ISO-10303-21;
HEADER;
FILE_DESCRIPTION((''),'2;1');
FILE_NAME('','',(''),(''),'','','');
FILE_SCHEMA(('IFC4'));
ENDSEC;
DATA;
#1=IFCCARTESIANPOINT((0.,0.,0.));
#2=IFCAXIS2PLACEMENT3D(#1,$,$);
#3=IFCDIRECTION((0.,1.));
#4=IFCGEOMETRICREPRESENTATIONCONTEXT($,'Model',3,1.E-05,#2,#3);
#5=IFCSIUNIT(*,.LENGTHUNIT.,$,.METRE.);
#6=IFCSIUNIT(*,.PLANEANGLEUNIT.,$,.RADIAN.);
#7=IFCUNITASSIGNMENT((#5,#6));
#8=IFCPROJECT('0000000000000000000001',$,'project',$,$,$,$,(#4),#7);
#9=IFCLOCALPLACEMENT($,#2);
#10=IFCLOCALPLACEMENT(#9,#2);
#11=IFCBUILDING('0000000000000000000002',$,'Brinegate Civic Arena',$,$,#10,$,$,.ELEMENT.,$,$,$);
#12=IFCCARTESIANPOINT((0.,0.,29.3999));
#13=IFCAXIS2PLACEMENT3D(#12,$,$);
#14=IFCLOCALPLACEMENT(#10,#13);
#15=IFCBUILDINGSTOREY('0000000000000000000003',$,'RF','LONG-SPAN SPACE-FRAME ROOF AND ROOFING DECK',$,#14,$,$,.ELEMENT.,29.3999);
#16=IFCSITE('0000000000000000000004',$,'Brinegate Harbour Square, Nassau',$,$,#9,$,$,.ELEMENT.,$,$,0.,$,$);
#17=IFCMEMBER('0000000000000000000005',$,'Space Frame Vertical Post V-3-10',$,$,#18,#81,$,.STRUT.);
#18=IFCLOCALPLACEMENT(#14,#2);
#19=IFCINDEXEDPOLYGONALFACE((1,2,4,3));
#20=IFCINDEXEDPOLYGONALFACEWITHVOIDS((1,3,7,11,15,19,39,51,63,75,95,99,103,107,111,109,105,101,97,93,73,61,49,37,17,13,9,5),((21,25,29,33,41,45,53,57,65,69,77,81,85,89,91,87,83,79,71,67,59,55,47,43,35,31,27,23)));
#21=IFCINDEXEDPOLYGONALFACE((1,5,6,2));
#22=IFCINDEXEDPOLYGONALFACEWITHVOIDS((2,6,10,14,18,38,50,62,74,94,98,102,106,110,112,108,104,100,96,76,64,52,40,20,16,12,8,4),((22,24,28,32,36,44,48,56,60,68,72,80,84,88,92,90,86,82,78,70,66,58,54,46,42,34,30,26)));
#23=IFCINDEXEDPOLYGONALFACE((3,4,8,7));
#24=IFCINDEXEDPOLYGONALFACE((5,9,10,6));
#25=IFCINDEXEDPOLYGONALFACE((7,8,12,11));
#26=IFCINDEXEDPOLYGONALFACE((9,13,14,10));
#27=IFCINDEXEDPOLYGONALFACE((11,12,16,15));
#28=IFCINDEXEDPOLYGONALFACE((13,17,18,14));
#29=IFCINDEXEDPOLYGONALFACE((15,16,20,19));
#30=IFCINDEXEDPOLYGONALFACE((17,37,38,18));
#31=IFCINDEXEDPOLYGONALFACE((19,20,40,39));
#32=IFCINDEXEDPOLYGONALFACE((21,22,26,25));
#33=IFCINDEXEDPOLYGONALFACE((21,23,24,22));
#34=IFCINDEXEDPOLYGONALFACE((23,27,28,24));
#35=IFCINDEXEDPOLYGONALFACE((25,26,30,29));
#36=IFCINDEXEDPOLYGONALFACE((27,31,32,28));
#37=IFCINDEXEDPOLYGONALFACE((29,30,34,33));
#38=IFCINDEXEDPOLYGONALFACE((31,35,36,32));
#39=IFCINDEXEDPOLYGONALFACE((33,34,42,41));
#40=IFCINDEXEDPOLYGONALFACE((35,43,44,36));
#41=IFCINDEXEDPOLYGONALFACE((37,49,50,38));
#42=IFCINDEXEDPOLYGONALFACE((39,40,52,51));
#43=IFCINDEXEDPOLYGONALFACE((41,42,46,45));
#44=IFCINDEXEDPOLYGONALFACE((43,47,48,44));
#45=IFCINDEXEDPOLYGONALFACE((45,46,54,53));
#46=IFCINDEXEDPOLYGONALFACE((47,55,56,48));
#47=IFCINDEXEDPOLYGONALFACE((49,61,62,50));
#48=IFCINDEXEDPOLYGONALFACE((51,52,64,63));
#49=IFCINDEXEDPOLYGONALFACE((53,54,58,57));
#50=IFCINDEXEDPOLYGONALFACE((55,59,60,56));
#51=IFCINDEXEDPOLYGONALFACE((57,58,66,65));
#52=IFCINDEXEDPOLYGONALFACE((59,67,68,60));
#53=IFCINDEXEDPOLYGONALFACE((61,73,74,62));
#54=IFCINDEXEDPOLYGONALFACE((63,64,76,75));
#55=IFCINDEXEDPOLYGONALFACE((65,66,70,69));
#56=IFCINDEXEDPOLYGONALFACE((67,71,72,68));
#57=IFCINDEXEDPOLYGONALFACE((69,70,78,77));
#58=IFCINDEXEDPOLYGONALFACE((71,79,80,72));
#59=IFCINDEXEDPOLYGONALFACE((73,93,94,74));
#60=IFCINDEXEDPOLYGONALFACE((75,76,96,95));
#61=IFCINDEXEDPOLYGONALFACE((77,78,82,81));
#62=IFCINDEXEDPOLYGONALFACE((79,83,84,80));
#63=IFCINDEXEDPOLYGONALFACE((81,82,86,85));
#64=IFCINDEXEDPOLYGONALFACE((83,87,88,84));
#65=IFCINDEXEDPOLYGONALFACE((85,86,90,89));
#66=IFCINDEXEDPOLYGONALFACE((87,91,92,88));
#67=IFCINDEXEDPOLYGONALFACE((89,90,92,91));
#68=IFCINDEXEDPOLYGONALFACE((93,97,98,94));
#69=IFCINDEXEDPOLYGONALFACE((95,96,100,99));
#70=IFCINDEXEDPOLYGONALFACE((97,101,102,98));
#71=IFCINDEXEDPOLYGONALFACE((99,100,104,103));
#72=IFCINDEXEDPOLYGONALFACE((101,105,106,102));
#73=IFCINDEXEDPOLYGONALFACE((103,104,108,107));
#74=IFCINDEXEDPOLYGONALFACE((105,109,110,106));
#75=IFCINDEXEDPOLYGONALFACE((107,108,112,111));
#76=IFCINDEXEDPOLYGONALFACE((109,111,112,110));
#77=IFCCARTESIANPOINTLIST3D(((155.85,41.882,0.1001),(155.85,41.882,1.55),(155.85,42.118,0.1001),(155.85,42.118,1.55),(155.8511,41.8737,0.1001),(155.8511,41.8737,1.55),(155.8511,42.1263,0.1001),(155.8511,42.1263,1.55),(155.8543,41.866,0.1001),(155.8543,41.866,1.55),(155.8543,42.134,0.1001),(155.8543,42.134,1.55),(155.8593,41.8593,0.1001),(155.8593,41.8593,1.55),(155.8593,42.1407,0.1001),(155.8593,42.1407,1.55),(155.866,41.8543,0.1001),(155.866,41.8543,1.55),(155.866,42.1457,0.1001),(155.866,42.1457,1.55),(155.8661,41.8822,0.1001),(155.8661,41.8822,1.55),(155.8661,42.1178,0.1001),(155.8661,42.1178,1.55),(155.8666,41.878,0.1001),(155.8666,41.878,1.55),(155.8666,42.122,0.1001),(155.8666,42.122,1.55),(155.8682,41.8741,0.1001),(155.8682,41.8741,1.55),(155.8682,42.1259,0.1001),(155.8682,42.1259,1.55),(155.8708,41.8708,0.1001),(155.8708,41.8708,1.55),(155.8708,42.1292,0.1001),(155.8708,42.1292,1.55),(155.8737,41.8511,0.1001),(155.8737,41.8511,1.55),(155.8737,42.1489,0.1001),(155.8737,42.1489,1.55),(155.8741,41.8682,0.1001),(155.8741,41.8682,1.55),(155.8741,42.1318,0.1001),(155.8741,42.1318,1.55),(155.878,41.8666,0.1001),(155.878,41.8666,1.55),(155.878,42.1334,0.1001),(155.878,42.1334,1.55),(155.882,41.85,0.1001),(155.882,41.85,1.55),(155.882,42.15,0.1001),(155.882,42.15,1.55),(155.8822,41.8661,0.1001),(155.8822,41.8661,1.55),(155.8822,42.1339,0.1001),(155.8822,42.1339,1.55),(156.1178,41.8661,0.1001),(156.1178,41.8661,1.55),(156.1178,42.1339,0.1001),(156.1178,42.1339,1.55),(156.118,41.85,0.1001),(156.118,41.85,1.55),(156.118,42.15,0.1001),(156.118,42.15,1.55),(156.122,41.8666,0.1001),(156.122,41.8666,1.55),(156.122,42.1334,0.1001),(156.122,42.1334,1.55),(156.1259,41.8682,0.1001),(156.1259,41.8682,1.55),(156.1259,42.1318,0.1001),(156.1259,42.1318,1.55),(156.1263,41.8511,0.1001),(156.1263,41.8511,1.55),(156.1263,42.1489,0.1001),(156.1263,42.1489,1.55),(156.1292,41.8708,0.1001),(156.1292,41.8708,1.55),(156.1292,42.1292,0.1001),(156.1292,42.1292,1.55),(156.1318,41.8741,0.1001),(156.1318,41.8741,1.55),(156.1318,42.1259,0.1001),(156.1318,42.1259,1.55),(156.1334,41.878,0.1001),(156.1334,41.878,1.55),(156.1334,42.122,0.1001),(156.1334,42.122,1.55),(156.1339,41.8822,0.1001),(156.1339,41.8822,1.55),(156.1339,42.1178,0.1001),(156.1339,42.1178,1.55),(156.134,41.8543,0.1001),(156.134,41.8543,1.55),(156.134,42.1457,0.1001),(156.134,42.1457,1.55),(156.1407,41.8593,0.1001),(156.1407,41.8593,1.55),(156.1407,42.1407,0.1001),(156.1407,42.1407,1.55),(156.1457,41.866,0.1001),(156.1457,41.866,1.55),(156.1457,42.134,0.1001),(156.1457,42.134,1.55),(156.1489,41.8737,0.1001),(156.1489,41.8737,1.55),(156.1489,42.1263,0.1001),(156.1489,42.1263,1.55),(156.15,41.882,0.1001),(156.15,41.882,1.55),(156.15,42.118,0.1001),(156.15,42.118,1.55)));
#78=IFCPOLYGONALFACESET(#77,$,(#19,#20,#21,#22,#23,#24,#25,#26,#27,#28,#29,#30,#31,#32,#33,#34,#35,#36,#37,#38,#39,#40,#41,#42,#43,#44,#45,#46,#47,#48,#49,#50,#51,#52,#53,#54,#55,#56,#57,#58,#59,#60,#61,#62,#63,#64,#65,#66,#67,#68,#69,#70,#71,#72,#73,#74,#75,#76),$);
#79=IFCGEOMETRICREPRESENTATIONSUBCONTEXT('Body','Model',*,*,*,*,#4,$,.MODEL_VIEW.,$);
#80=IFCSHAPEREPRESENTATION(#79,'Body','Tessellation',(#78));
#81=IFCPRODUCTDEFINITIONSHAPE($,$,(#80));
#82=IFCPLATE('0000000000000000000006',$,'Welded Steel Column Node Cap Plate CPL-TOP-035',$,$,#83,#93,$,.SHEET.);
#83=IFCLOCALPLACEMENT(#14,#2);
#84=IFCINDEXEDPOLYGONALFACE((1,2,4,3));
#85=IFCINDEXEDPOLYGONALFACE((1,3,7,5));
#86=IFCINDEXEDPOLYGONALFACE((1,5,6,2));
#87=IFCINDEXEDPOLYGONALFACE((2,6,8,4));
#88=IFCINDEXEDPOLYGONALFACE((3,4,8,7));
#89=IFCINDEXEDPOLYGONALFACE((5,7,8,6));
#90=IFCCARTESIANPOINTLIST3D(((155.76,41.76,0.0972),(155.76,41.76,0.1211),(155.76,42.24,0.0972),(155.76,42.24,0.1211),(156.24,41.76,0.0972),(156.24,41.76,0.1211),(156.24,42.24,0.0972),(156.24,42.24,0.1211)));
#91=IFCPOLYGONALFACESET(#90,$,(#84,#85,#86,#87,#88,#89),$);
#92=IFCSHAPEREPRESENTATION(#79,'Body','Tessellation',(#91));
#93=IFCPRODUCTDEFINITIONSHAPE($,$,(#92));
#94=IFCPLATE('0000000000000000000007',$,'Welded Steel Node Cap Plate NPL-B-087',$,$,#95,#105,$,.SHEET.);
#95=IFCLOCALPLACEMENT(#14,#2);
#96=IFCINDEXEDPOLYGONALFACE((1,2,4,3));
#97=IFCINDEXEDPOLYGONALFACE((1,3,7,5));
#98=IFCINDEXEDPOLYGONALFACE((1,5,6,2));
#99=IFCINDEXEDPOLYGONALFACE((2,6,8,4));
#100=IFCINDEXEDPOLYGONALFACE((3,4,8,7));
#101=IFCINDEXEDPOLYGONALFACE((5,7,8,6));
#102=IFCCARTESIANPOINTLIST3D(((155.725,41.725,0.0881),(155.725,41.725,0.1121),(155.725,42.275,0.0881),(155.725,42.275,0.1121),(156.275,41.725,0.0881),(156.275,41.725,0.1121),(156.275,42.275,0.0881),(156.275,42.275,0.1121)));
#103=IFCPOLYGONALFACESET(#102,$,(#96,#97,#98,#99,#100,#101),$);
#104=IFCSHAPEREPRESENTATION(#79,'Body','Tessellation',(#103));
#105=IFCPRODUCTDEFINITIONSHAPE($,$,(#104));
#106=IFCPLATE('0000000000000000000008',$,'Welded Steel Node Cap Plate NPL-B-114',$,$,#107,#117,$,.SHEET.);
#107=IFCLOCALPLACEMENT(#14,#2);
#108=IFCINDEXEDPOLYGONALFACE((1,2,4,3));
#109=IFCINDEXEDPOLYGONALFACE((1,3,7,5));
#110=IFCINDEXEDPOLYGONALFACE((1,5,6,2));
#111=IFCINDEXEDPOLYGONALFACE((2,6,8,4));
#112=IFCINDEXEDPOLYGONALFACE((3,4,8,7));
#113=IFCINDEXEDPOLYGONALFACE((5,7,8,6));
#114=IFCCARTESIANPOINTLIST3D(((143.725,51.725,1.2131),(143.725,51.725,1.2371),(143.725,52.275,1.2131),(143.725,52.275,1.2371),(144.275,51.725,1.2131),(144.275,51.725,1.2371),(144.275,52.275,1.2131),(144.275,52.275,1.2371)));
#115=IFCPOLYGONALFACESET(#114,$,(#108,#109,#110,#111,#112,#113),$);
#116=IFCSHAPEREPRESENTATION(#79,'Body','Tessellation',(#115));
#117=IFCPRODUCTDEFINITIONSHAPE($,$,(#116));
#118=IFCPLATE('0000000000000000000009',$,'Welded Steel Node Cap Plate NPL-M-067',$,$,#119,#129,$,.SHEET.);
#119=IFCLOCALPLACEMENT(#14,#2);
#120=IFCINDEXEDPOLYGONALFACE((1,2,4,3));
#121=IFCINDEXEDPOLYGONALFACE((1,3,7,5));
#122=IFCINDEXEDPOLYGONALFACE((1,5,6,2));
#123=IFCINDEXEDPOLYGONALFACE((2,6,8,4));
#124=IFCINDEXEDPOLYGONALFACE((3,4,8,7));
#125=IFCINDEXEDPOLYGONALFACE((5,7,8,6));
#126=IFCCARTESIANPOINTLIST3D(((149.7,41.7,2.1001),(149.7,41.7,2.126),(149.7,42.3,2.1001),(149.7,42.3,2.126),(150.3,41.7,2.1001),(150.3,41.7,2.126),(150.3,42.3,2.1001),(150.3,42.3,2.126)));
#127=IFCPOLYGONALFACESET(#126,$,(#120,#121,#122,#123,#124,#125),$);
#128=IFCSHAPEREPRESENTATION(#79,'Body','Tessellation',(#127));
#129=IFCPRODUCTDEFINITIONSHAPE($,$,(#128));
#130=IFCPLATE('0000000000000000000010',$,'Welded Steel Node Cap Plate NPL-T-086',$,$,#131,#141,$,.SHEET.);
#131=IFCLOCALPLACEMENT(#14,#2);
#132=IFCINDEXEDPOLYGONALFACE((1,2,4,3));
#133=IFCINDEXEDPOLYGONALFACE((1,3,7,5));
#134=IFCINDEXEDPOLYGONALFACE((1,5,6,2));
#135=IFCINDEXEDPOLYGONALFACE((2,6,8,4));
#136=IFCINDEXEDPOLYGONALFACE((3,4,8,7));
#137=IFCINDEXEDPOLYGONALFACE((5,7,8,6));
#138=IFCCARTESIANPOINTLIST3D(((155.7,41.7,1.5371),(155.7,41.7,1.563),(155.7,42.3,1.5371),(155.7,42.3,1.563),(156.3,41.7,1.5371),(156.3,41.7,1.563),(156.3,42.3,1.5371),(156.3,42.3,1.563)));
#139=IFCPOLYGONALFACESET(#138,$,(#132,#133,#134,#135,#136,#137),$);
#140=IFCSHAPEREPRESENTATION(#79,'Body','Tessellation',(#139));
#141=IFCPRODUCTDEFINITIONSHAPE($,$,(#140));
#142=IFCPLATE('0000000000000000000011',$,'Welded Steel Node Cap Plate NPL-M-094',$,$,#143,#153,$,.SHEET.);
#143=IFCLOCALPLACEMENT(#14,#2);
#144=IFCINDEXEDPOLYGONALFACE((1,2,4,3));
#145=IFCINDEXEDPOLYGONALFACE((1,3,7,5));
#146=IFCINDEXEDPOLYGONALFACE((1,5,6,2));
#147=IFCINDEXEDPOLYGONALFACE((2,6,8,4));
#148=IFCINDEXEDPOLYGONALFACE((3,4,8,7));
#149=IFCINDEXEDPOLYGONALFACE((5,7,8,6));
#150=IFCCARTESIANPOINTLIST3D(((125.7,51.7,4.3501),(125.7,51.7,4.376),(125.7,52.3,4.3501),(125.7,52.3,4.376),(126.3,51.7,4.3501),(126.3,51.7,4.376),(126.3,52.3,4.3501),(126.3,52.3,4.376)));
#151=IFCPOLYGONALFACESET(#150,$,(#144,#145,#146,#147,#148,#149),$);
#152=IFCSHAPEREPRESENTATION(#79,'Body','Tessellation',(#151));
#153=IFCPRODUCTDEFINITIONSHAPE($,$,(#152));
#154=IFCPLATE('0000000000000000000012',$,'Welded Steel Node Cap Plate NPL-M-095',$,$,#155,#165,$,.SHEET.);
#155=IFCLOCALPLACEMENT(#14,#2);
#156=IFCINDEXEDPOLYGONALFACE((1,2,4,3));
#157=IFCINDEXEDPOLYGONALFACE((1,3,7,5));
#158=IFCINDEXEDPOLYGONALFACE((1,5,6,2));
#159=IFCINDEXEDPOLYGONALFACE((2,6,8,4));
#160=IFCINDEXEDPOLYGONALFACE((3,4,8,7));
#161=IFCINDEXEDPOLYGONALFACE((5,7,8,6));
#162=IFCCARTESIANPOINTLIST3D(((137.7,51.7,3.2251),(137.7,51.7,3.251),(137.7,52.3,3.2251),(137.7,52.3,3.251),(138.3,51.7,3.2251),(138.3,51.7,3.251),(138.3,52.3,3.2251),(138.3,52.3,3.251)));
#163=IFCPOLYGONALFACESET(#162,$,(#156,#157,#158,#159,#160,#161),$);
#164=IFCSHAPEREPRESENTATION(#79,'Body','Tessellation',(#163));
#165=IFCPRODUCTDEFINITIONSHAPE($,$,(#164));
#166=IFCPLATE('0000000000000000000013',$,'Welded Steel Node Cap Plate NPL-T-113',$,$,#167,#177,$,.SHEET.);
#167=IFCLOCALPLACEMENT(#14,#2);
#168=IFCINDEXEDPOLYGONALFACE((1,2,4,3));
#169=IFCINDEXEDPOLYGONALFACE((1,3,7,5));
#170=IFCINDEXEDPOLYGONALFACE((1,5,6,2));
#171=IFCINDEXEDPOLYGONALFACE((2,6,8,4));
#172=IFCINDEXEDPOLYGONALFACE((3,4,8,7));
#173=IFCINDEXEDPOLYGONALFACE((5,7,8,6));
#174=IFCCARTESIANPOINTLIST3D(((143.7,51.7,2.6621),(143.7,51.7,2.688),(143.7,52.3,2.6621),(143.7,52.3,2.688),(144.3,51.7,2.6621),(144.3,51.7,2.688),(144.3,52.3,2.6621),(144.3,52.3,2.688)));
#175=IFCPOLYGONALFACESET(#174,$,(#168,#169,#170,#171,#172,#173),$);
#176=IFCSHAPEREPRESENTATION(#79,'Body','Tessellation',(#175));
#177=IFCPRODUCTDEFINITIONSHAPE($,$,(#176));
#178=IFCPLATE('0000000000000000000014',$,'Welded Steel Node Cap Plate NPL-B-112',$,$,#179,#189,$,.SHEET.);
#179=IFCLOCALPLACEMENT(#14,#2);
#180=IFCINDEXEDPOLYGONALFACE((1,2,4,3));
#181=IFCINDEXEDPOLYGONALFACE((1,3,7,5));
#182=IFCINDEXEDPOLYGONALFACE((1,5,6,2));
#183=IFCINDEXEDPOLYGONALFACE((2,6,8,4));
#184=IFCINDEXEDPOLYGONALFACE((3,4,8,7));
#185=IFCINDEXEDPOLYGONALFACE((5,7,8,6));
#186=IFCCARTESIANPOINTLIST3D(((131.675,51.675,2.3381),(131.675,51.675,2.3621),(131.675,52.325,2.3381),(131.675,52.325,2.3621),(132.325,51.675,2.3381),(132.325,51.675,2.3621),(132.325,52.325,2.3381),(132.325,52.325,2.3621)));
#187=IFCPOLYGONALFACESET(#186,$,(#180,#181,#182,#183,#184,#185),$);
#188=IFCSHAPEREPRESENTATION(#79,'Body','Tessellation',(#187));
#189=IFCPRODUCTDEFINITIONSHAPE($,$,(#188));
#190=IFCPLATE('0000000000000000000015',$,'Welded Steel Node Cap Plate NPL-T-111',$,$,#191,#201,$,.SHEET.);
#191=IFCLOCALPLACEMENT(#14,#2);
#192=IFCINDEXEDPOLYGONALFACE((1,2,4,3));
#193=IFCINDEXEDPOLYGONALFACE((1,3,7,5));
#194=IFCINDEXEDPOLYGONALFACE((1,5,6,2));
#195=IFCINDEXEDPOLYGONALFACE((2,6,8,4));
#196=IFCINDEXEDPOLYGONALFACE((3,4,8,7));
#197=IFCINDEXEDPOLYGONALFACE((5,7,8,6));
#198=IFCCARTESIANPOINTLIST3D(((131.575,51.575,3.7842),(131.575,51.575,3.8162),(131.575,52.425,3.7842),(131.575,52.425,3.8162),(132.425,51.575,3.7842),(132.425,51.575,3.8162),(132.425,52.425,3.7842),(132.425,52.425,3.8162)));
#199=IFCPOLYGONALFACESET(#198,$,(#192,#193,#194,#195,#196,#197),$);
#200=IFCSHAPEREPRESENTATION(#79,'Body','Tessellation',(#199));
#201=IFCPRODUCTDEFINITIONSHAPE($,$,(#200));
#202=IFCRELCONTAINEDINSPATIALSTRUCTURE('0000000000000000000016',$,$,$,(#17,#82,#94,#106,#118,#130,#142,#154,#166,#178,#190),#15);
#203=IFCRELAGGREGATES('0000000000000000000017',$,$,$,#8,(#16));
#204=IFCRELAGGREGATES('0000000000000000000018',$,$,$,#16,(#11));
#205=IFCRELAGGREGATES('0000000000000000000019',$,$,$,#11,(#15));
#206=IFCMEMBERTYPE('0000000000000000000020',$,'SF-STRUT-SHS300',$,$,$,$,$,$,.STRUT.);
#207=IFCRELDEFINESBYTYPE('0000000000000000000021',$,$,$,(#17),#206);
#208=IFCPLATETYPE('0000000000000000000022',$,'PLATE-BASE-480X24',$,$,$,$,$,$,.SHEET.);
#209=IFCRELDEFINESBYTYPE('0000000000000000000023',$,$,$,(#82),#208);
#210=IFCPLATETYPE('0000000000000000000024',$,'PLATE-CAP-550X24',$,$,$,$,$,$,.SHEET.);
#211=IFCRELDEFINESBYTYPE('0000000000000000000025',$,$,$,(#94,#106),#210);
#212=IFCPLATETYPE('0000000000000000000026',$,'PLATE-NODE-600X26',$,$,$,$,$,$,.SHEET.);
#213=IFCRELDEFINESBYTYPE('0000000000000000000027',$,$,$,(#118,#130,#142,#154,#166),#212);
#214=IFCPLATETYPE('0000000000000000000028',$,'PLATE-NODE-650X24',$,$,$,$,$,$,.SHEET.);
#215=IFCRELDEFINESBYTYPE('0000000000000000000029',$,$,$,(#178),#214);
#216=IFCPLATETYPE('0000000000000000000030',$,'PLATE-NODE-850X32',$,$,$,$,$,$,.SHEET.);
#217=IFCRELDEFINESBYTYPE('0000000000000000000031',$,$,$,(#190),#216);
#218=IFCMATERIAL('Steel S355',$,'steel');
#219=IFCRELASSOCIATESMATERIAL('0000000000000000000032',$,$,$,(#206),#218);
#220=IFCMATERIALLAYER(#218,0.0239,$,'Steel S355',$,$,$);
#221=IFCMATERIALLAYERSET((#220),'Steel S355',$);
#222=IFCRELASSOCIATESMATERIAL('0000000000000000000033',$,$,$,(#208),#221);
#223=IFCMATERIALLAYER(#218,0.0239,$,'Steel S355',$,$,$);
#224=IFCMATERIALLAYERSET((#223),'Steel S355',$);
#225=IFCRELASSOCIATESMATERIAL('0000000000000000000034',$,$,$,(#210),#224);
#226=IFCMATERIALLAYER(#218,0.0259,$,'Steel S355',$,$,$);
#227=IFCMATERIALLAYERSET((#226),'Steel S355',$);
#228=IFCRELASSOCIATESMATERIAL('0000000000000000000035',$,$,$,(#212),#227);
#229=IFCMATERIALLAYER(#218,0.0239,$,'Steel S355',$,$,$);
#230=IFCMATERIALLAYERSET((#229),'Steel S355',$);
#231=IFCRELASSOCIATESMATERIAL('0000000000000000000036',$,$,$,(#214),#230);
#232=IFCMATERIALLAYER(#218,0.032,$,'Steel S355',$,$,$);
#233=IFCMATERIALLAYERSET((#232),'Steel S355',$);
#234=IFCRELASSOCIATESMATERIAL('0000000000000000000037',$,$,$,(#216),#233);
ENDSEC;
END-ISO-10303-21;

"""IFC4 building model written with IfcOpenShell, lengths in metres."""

from ifc_helpers import new_model, si_unit, direction, frame, origin, origin_2d, place, context, subcontext, project, spatial, rectangle, hollow_rectangle, extrude, material, layer, layer_set, material_profile, profile_set, type_object, element, save


model = new_model("IFC4")

# Units and contexts
model_context = context("Model", 3, precision=1e-05, world=origin(), true_north=direction((0.0, 1.0)))
body_context = subcontext(model_context, "Body", "Model", "MODEL_VIEW")
ifc_project = project(units=[si_unit("LENGTHUNIT", "METRE"), si_unit("PLANEANGLEUNIT", "RADIAN")], contexts=[model_context])

# Site, building, storey
site_placement = place(None, origin())
site = spatial("IfcSite", under=ifc_project, at=site_placement, Name="Brinegate Harbour Square, Nassau", CompositionType="ELEMENT", RefElevation=0.0)
building_placement = place(site_placement, origin())
building = spatial("IfcBuilding", under=site, at=building_placement, Name="Brinegate Civic Arena", CompositionType="ELEMENT")
storey_placement = place(building_placement, frame((0.0, 0.0, 29.3999)))
storey = spatial("IfcBuildingStorey", under=building, at=storey_placement, Name="RF", Description="LONG-SPAN SPACE-FRAME ROOF AND ROOFING DECK", CompositionType="ELEMENT", Elevation=29.3999)

# Shared definitions
ifc_material_1 = material(Name="Steel S355", Category="steel")

# Member
ifc_material_profile_1 = material_profile(ifc_material_1, hollow_rectangle(XDim=0.3, YDim=0.3, WallThickness=0.0161, InnerFilletRadius=0.0161, OuterFilletRadius=0.032, at=origin_2d()), Name="SHS300X16")
ifc_profile_set_1 = profile_set([ifc_material_profile_1], Name="Steel S355")
member_type_1 = type_object("IfcMemberType", Name="SF-STRUT-SHS300", PredefinedType="STRUT", material=ifc_profile_set_1)
member_1_placement = place(storey_placement, frame((156.0, 42.0, 0.1001), z_axis=(0.0, 0.0, 1.0), x_axis=(1.0, 0.0, 0.0)))
element("IfcMember", 1, at=member_1_placement, inside=storey, type_object=member_type_1, Name="Space Frame Vertical Post V-3-10", PredefinedType="STRUT", context=body_context, shape_type="SweptSolid", body=[
    extrude(hollow_rectangle(XDim=0.3, YDim=0.3, WallThickness=0.0161, InnerFilletRadius=0.0161, OuterFilletRadius=0.032, at=origin_2d()), origin(), (0.0, 0.0, 1.0), 1.45),
])

# Plates
ifc_layer_1 = layer(ifc_material_1, 0.0239, Name="Steel S355")
ifc_layer_set_1 = layer_set([ifc_layer_1], Name="Steel S355")
plate_type_1 = type_object("IfcPlateType", Name="PLATE-BASE-480X24", PredefinedType="SHEET", material=ifc_layer_set_1)
plate_1_placement = place(storey_placement, frame((156.0, 42.0, 0.0972), z_axis=(0.0, 0.0, 1.0), x_axis=(1.0, 0.0, 0.0)))
element("IfcPlate", 2, at=plate_1_placement, inside=storey, type_object=plate_type_1, Name="Welded Steel Column Node Cap Plate CPL-TOP-035", PredefinedType="SHEET", context=body_context, shape_type="SweptSolid", body=[
    extrude(rectangle(XDim=0.48, YDim=0.48, at=origin_2d()), origin(), (0.0, 0.0, 1.0), 0.0239),
])
ifc_layer_2 = layer(ifc_material_1, 0.0239, Name="Steel S355")
ifc_layer_set_2 = layer_set([ifc_layer_2], Name="Steel S355")
plate_type_2 = type_object("IfcPlateType", Name="PLATE-CAP-550X24", PredefinedType="SHEET", material=ifc_layer_set_2)
for number, where, z_axis, x_axis, name in (
    (3, (156.0, 42.0, 0.0881), (0.0, 0.0, 1.0), (1.0, 0.0, 0.0), "Welded Steel Node Cap Plate NPL-B-087"),
    (4, (144.0, 52.0, 1.2131), (0.0, 0.0, 1.0), (1.0, 0.0, 0.0), "Welded Steel Node Cap Plate NPL-B-114"),
):
    element("IfcPlate", number, at=place(storey_placement, frame(where, z_axis=z_axis, x_axis=x_axis)), inside=storey, type_object=plate_type_2, Name=name, PredefinedType="SHEET", context=body_context, shape_type="SweptSolid", body=[
        extrude(rectangle(XDim=0.55, YDim=0.55, at=origin_2d()), origin(), (0.0, 0.0, 1.0), 0.0239),
    ])
ifc_layer_3 = layer(ifc_material_1, 0.0259, Name="Steel S355")
ifc_layer_set_3 = layer_set([ifc_layer_3], Name="Steel S355")
plate_type_3 = type_object("IfcPlateType", Name="PLATE-NODE-600X26", PredefinedType="SHEET", material=ifc_layer_set_3)
for number, where, z_axis, x_axis, name in (
    (5, (150.0, 42.0, 2.1001), (0.0, 0.0, 1.0), (1.0, 0.0, 0.0), "Welded Steel Node Cap Plate NPL-M-067"),
    (6, (156.0, 42.0, 1.5371), (0.0, 0.0, 1.0), (1.0, 0.0, 0.0), "Welded Steel Node Cap Plate NPL-T-086"),
    (7, (126.0, 52.0, 4.3501), (0.0, 0.0, 1.0), (1.0, 0.0, 0.0), "Welded Steel Node Cap Plate NPL-M-094"),
    (8, (138.0, 52.0, 3.2251), (0.0, 0.0, 1.0), (1.0, 0.0, 0.0), "Welded Steel Node Cap Plate NPL-M-095"),
    (9, (144.0, 52.0, 2.6621), (0.0, 0.0, 1.0), (1.0, 0.0, 0.0), "Welded Steel Node Cap Plate NPL-T-113"),
):
    element("IfcPlate", number, at=place(storey_placement, frame(where, z_axis=z_axis, x_axis=x_axis)), inside=storey, type_object=plate_type_3, Name=name, PredefinedType="SHEET", context=body_context, shape_type="SweptSolid", body=[
        extrude(rectangle(XDim=0.6001, YDim=0.6001, at=origin_2d()), origin(), (0.0, 0.0, 1.0), 0.0259),
    ])
ifc_layer_4 = layer(ifc_material_1, 0.0239, Name="Steel S355")
ifc_layer_set_4 = layer_set([ifc_layer_4], Name="Steel S355")
plate_type_4 = type_object("IfcPlateType", Name="PLATE-NODE-650X24", PredefinedType="SHEET", material=ifc_layer_set_4)
plate_2_placement = place(storey_placement, frame((132.0, 52.0, 2.3381), z_axis=(0.0, 0.0, 1.0), x_axis=(1.0, 0.0, 0.0)))
element("IfcPlate", 10, at=plate_2_placement, inside=storey, type_object=plate_type_4, Name="Welded Steel Node Cap Plate NPL-B-112", PredefinedType="SHEET", context=body_context, shape_type="SweptSolid", body=[
    extrude(rectangle(XDim=0.6499, YDim=0.6499, at=origin_2d()), origin(), (0.0, 0.0, 1.0), 0.0239),
])
ifc_layer_5 = layer(ifc_material_1, 0.032, Name="Steel S355")
ifc_layer_set_5 = layer_set([ifc_layer_5], Name="Steel S355")
plate_type_5 = type_object("IfcPlateType", Name="PLATE-NODE-850X32", PredefinedType="SHEET", material=ifc_layer_set_5)
plate_3_placement = place(storey_placement, frame((132.0, 52.0, 3.7842), z_axis=(0.0, 0.0, 1.0), x_axis=(1.0, 0.0, 0.0)))
element("IfcPlate", 11, at=plate_3_placement, inside=storey, type_object=plate_type_5, Name="Welded Steel Node Cap Plate NPL-T-111", PredefinedType="SHEET", context=body_context, shape_type="SweptSolid", body=[
    extrude(rectangle(XDim=0.8501, YDim=0.8501, at=origin_2d()), origin(), (0.0, 0.0, 1.0), 0.032),
])

save(model, "model.ifc")
